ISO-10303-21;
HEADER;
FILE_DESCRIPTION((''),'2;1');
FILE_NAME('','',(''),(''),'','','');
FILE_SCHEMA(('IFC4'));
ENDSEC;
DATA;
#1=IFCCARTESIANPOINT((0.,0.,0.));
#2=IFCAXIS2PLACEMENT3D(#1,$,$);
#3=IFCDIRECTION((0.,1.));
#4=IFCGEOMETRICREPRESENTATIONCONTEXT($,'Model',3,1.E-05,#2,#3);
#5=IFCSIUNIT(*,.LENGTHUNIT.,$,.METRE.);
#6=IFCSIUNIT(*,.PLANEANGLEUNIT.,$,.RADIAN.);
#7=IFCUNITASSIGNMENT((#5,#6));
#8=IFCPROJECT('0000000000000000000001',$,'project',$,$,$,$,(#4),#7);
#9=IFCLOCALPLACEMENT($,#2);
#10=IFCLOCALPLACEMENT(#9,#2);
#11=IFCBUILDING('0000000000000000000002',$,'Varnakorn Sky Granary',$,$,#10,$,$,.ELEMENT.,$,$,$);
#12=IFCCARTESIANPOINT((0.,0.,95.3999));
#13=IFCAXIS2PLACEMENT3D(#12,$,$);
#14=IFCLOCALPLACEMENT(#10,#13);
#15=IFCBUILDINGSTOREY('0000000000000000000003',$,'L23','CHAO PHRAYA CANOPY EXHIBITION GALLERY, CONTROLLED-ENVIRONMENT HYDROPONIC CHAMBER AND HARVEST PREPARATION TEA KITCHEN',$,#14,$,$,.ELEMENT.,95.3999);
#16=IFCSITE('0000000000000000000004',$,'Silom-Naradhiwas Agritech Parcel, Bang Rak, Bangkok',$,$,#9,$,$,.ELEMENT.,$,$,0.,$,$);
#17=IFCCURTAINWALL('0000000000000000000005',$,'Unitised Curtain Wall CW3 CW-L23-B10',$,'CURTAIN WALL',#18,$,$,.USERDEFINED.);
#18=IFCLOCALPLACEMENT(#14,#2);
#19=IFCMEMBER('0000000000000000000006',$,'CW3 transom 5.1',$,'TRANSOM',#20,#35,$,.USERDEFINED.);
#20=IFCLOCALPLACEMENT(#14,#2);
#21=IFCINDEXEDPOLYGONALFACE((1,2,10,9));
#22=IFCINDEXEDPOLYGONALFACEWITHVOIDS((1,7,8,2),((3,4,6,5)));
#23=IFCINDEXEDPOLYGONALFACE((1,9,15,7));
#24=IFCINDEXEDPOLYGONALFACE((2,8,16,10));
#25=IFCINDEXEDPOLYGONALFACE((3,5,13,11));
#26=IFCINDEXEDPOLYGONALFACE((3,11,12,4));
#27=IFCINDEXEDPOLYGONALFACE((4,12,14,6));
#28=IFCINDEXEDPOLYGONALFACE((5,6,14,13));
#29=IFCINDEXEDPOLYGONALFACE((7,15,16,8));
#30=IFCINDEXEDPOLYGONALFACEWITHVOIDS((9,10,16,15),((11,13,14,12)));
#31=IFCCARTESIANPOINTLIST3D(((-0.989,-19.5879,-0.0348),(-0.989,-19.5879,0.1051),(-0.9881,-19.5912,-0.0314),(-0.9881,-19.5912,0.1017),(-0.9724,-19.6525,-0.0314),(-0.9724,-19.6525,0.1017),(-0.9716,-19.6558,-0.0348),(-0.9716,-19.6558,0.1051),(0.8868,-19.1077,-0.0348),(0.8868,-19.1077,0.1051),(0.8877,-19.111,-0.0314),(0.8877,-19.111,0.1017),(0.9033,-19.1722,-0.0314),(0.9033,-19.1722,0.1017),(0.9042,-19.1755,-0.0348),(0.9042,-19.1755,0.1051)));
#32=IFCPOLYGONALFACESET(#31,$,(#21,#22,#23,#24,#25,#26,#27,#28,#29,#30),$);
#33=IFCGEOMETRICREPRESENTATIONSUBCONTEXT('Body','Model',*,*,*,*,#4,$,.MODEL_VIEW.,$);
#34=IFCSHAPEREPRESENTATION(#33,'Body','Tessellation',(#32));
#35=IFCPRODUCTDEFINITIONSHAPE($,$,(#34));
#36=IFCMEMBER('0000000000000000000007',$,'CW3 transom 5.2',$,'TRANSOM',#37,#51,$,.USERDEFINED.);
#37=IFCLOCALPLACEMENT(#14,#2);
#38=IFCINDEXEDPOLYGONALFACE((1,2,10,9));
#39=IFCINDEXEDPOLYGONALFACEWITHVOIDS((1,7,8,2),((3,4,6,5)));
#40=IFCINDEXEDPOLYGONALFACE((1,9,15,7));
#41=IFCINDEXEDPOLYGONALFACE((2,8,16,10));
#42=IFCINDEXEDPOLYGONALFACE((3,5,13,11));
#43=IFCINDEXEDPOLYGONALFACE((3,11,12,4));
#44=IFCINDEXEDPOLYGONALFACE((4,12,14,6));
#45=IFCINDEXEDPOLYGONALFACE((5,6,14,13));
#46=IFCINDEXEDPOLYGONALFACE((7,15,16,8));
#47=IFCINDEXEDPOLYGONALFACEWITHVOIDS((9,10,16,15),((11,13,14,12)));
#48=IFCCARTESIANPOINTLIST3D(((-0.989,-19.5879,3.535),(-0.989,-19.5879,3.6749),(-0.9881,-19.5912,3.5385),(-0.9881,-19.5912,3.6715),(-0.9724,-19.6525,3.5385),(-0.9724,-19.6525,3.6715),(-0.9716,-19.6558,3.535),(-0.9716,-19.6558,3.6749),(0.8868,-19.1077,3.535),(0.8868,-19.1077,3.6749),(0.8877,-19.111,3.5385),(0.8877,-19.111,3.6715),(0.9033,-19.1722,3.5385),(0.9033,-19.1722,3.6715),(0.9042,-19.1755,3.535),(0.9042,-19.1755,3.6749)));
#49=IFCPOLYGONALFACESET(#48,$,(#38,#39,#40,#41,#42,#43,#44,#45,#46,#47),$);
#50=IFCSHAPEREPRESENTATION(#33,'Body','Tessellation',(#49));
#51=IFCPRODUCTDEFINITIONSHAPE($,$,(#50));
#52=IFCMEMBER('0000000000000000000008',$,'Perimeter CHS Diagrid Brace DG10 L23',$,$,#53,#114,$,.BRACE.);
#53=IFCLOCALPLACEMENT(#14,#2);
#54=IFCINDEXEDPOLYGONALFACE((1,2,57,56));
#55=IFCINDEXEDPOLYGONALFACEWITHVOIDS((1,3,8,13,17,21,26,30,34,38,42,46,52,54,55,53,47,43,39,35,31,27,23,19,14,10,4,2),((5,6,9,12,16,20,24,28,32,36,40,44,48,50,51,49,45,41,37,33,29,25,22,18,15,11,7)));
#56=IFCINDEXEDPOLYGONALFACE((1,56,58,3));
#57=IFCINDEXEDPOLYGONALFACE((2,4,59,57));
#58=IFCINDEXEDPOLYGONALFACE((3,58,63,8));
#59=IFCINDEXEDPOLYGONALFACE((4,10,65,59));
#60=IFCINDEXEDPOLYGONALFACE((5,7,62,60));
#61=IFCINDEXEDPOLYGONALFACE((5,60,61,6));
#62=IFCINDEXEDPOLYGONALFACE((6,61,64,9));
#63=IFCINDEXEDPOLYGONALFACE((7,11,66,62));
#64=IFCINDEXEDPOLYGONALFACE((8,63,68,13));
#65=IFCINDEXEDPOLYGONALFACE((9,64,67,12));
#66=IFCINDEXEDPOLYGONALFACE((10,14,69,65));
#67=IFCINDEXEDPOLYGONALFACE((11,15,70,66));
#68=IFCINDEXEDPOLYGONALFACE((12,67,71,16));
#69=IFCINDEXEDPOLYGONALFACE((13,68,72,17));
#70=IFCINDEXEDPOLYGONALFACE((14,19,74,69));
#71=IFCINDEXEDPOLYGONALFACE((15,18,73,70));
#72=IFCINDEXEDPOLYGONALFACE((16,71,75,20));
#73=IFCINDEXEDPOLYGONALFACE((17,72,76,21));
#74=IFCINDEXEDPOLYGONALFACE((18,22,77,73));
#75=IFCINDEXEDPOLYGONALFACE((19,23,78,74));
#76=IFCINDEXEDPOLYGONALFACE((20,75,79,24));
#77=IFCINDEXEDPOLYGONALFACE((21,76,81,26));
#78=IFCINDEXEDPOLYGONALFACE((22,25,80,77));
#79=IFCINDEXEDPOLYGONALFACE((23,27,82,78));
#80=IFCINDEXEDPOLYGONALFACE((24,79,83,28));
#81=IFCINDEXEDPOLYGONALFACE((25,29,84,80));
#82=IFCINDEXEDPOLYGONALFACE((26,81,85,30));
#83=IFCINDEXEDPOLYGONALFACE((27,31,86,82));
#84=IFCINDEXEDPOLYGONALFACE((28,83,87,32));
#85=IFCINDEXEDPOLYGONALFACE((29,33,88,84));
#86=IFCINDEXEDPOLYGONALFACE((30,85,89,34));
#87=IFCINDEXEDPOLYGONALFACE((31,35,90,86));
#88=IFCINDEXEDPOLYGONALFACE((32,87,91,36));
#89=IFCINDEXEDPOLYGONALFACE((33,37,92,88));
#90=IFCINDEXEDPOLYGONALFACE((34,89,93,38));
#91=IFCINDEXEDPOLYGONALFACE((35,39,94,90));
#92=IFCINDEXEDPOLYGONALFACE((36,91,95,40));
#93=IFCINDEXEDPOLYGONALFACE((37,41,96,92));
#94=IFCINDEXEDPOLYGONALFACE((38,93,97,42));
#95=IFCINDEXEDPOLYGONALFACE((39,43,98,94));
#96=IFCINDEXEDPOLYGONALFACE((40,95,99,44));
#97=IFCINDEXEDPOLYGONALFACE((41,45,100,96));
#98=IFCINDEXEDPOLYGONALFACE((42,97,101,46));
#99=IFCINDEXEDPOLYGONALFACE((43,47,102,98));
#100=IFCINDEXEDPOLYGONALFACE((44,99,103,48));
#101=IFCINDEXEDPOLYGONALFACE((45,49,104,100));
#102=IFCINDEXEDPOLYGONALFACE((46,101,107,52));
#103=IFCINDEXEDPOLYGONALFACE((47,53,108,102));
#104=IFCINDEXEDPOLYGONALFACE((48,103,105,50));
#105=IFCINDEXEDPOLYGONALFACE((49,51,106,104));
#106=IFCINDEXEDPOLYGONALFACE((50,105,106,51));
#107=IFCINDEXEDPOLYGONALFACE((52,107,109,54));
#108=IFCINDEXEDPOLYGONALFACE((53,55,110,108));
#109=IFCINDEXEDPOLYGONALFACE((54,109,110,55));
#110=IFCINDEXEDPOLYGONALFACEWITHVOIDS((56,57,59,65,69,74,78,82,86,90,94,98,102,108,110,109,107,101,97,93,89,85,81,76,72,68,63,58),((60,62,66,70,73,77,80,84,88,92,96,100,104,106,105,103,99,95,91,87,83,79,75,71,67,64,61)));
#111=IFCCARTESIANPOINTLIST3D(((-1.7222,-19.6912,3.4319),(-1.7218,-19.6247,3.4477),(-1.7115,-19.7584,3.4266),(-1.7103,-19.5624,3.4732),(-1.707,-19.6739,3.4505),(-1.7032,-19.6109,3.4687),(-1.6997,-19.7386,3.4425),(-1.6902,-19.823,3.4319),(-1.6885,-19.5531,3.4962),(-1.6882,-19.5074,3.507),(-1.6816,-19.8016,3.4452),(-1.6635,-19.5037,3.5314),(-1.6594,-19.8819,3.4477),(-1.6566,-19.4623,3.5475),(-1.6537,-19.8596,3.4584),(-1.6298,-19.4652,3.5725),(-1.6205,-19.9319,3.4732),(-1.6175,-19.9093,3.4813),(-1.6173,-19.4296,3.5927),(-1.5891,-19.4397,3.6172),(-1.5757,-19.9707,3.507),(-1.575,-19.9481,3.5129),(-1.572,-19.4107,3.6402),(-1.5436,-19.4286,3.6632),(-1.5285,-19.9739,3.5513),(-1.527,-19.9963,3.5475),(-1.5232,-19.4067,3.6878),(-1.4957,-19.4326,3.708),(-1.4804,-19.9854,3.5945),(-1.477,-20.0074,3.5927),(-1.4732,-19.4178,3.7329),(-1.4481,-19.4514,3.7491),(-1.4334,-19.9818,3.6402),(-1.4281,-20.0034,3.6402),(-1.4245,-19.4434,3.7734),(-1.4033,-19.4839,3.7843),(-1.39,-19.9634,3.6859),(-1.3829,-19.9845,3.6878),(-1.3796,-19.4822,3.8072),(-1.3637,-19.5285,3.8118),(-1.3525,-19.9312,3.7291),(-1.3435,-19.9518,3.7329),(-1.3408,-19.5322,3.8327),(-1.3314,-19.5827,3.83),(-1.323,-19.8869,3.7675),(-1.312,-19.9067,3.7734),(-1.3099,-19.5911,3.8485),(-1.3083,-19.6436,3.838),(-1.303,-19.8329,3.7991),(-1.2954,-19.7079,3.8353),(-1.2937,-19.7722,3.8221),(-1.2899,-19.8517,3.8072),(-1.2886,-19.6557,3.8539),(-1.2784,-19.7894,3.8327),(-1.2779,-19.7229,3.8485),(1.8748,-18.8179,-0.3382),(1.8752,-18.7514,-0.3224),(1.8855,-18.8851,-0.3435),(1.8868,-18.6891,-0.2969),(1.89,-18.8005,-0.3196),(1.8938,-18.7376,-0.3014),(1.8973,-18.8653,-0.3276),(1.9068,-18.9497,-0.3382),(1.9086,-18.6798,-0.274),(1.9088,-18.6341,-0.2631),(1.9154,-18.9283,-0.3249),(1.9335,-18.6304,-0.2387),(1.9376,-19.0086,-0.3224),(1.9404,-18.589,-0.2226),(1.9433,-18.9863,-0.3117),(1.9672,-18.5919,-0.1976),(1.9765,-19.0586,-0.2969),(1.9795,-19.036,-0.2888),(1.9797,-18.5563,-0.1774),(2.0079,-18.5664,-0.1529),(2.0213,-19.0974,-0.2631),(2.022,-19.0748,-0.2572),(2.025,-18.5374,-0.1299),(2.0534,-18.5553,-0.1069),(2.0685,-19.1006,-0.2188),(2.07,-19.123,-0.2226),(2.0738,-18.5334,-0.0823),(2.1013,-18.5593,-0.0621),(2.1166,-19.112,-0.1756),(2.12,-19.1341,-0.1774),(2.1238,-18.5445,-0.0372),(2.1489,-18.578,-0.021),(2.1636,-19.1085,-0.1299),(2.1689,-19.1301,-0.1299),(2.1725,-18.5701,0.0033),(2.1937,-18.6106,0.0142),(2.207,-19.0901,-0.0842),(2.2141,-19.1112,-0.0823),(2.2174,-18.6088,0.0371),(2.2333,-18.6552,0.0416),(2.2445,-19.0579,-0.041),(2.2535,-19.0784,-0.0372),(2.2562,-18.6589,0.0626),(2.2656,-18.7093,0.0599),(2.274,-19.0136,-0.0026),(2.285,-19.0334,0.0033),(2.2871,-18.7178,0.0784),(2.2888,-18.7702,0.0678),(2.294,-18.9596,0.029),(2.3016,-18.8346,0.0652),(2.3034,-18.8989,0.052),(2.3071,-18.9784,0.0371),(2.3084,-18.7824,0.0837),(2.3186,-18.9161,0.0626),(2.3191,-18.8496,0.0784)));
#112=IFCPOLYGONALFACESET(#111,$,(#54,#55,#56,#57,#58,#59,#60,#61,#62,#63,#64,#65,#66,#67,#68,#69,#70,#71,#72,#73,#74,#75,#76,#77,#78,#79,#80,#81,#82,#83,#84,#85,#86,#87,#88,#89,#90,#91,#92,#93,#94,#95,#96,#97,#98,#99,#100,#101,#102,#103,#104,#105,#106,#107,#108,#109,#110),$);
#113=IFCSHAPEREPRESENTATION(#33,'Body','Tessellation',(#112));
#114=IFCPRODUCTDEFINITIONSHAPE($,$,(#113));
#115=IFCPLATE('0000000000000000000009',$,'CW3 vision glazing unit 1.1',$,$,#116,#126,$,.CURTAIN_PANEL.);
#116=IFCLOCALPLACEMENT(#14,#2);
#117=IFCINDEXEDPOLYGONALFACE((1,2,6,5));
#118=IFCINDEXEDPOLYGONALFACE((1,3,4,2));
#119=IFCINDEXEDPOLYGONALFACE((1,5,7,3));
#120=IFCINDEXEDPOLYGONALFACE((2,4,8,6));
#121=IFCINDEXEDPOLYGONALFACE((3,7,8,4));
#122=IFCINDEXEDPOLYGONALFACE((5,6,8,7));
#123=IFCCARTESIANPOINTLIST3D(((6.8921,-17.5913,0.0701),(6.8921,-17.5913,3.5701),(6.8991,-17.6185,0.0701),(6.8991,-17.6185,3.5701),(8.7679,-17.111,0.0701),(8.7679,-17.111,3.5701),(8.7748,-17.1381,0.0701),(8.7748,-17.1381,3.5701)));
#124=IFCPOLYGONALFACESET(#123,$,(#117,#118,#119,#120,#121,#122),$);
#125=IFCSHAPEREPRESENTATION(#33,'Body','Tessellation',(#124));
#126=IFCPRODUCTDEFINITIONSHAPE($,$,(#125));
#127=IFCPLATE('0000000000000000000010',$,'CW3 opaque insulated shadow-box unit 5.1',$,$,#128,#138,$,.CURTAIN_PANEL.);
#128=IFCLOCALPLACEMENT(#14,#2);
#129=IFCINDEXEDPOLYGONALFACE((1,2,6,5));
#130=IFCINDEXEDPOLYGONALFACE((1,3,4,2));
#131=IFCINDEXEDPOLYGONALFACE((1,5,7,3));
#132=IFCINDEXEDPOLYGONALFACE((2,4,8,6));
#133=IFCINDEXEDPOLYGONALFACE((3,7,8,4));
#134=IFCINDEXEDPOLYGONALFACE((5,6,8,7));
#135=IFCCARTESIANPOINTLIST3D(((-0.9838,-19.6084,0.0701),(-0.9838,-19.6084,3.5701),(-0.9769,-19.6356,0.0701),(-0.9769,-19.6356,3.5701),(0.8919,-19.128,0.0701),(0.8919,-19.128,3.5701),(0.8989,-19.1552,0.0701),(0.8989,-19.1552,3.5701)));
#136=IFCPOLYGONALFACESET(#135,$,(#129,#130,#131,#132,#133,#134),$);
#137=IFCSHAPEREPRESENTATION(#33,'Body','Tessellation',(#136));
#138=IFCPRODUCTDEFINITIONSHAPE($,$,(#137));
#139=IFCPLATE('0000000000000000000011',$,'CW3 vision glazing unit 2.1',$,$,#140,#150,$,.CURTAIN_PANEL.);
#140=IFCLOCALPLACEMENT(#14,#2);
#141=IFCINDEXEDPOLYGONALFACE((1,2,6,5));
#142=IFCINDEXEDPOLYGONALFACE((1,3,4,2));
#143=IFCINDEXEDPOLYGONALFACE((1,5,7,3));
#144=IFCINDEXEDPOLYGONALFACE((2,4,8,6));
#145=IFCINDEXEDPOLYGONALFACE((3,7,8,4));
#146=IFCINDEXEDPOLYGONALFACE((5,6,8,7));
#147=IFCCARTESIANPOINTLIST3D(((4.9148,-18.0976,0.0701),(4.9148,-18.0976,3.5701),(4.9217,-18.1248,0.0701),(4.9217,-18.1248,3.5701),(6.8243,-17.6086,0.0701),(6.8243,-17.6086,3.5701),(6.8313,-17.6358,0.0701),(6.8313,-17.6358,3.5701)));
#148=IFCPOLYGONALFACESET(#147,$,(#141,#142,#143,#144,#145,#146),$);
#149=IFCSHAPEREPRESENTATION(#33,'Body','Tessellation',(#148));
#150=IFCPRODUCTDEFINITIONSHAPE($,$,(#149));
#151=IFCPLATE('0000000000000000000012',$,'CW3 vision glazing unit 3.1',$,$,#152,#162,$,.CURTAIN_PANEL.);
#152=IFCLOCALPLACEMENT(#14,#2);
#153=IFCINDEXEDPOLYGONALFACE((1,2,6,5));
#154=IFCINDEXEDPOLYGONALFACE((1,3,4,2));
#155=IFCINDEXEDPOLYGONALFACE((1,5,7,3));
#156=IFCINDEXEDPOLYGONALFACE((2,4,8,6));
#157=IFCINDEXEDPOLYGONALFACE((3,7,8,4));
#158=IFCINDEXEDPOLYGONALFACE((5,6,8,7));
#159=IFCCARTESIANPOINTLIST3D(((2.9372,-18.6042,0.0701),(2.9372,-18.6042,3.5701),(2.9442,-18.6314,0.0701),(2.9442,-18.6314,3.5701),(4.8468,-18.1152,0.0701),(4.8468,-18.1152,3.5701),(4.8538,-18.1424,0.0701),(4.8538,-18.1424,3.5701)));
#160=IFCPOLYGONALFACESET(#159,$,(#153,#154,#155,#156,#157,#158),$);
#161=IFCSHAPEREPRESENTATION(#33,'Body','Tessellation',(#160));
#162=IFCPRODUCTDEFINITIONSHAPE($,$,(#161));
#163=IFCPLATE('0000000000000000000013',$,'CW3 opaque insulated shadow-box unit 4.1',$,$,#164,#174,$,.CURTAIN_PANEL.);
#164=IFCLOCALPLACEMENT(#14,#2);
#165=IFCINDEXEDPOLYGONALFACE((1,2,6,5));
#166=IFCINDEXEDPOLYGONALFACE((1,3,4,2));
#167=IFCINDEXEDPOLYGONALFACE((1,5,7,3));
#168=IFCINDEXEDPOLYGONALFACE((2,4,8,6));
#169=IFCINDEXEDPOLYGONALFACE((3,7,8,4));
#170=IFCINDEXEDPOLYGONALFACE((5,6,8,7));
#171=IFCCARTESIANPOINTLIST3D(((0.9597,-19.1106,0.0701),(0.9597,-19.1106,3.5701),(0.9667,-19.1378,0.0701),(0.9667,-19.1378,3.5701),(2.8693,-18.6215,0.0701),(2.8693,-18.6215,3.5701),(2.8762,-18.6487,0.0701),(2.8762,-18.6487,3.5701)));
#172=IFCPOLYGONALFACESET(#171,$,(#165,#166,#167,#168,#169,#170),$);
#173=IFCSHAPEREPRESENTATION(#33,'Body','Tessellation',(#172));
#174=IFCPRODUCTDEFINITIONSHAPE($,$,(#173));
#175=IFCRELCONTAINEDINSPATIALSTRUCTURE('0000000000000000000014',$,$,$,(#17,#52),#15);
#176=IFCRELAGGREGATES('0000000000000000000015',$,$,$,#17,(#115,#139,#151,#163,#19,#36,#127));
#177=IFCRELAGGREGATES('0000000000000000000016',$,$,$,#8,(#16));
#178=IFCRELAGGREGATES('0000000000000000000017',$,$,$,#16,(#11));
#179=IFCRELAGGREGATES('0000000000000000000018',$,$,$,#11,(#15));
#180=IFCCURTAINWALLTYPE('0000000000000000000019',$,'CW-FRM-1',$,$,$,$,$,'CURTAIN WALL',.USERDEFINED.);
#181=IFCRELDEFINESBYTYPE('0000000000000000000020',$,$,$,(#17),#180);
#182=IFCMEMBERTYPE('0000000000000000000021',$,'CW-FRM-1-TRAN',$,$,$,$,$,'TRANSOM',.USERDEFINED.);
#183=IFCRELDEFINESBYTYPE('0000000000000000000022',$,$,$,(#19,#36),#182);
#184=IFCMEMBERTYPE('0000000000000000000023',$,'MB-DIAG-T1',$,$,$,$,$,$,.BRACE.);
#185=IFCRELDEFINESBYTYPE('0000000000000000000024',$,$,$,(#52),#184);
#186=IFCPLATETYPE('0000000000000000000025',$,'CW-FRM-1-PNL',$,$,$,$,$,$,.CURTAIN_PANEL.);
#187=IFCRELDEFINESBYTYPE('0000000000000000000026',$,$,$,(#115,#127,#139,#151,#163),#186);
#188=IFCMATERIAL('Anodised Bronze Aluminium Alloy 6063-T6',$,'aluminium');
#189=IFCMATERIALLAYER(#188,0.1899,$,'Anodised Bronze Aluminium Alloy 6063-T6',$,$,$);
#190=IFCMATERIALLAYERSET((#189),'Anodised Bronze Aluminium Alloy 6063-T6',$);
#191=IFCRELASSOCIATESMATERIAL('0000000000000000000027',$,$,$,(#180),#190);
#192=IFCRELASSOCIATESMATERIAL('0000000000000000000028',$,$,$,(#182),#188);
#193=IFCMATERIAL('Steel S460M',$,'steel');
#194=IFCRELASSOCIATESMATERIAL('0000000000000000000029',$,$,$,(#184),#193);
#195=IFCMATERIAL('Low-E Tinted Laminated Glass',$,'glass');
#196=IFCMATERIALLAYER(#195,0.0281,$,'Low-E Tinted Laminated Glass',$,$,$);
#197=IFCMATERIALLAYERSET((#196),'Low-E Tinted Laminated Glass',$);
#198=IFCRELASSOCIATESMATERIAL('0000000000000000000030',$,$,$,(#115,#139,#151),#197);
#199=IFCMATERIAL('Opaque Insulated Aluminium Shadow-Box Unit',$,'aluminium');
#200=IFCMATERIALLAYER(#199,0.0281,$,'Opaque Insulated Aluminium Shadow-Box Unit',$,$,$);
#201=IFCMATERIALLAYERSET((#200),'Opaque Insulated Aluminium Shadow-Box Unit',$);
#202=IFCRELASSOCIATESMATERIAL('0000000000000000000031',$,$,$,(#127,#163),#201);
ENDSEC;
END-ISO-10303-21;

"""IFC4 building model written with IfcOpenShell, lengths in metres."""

from ifc_helpers import new_model, si_unit, direction, frame, origin, origin_2d, place, context, subcontext, project, spatial, rectangle, hollow_rectangle, hollow_circle, extrude, source, transform, mapped, material, layer, layer_set, material_profile, profile_set, type_object, type_shapes, element, aggregate, save


model = new_model("IFC4")

# Units and contexts
model_context = context("Model", 3, precision=1e-05, world=origin(), true_north=direction((0.0, 1.0)))
body_context = subcontext(model_context, "Body", "Model", "MODEL_VIEW")
ifc_project = project(units=[si_unit("LENGTHUNIT", "METRE"), si_unit("PLANEANGLEUNIT", "RADIAN")], contexts=[model_context])

# Site, building, storey
site_placement = place(None, origin())
site = spatial("IfcSite", under=ifc_project, at=site_placement, Name="Silom-Naradhiwas Agritech Parcel, Bang Rak, Bangkok", CompositionType="ELEMENT", RefElevation=0.0)
building_placement = place(site_placement, origin())
building = spatial("IfcBuilding", under=site, at=building_placement, Name="Varnakorn Sky Granary", CompositionType="ELEMENT")
storey_placement = place(building_placement, frame((0.0, 0.0, 95.3999)))
storey = spatial("IfcBuildingStorey", under=building, at=storey_placement, Name="L23", Description="CHAO PHRAYA CANOPY EXHIBITION GALLERY, CONTROLLED-ENVIRONMENT HYDROPONIC CHAMBER AND HARVEST PREPARATION TEA KITCHEN", CompositionType="ELEMENT", Elevation=95.3999)

# Curtain wall, members
ifc_material_1 = material(Name="Anodised Bronze Aluminium Alloy 6063-T6", Category="aluminium")
ifc_layer_1 = layer(ifc_material_1, 0.1899, Name="Anodised Bronze Aluminium Alloy 6063-T6")
ifc_layer_set_1 = layer_set([ifc_layer_1], Name="Anodised Bronze Aluminium Alloy 6063-T6")
curtain_wall_type = type_object("IfcCurtainWallType", Name="CW-FRM-1", ElementType="CURTAIN WALL", PredefinedType="USERDEFINED", material=ifc_layer_set_1)
curtain_wall_placement = place(storey_placement, origin())
curtain_wall = element("IfcCurtainWall", 1, at=curtain_wall_placement, inside=storey, type_object=curtain_wall_type, Name="Unitised Curtain Wall CW3 CW-L23-B10", ObjectType="CURTAIN WALL", PredefinedType="USERDEFINED")
ifc_material_profile_1 = material_profile(ifc_material_1, hollow_rectangle(XDim=0.0701, YDim=0.1399, WallThickness=0.0034, at=origin_2d()), Name="ALU TRAN 70x140")
ifc_profile_set_1 = profile_set([ifc_material_profile_1], Name="Anodised Bronze Aluminium Alloy 6063-T6")
member_type_1 = type_object("IfcMemberType", Name="CW-FRM-1-TRAN", ElementType="TRANSOM", PredefinedType="USERDEFINED", material=ifc_profile_set_1)
member_1_placement = place(storey_placement, frame((0.8955, -19.1416, 0.0352), z_axis=(-0.968755, -0.24802, 0.0), x_axis=(0.24802, -0.968755, 0.0)))
member_1 = element("IfcMember", 2, at=member_1_placement, type_object=member_type_1, Name="CW3 transom 5.1", ObjectType="TRANSOM", PredefinedType="USERDEFINED", context=body_context, shape_type="SweptSolid", body=[
    extrude(hollow_rectangle(XDim=0.0701, YDim=0.1399, WallThickness=0.0034, at=origin_2d()), origin(), (0.0, 0.0, 1.0), 1.9363),
])
member_2_placement = place(storey_placement, frame((0.8955, -19.1416, 3.605), z_axis=(-0.968755, -0.24802, 0.0), x_axis=(0.24802, -0.968755, 0.0)))
member_2 = element("IfcMember", 3, at=member_2_placement, type_object=member_type_1, Name="CW3 transom 5.2", ObjectType="TRANSOM", PredefinedType="USERDEFINED", context=body_context, shape_type="SweptSolid", body=[
    extrude(hollow_rectangle(XDim=0.0701, YDim=0.1399, WallThickness=0.0034, at=origin_2d()), origin(), (0.0, 0.0, 1.0), 1.9363),
])

# Member
ifc_material_2 = material(Name="Steel S460M", Category="steel")
ifc_material_profile_2 = material_profile(ifc_material_2, hollow_circle(Radius=0.3049, WallThickness=0.0222, at=origin_2d()), Name="CHS 610x22")
ifc_profile_set_2 = profile_set([ifc_material_profile_2], Name="Steel S460M")
member_type_2 = type_object("IfcMemberType", Name="MB-DIAG-T1", PredefinedType="BRACE", material=ifc_profile_set_2)
member_3_placement = place(storey_placement, frame((2.0969, -18.8337, -0.1299), z_axis=(-0.680807, -0.165292, 0.713569), x_axis=(0.235934, -0.971769, 0.0)))
element("IfcMember", 4, at=member_3_placement, inside=storey, type_object=member_type_2, Name="Perimeter CHS Diagrid Brace DG10 L23", PredefinedType="BRACE", context=body_context, shape_type="SweptSolid", body=[
    extrude(hollow_circle(Radius=0.3049, WallThickness=0.0222, at=origin_2d()), origin(), (0.0, 0.0, 1.0), 5.2834),
])

# Plates
ifc_material_3 = material(Name="Low-E Tinted Laminated Glass", Category="glass")
ifc_layer_2 = layer(ifc_material_3, 0.0281, Name="Low-E Tinted Laminated Glass")
ifc_layer_set_2 = layer_set([ifc_layer_2], Name="Low-E Tinted Laminated Glass")
plate_type = type_object("IfcPlateType", Name="CW-FRM-1-PNL", PredefinedType="CURTAIN_PANEL")
shared_shape_1 = source(origin(), body_context, "Body", "SweptSolid", [
    extrude(rectangle(XDim=1.9363, YDim=0.0281, at=origin_2d()), origin(), (0.0, 0.0, 1.0), 3.5),
])
plate_1_placement = place(storey_placement, frame((7.8335, -17.3647, 0.0701), z_axis=(0.0, 0.0, 1.0), x_axis=(-0.968734, -0.248101, 0.0)))
plate_1 = element("IfcPlate", 5, at=plate_1_placement, type_object=plate_type, material=ifc_layer_set_2, Name="CW3 vision glazing unit 1.1", PredefinedType="CURTAIN_PANEL", context=body_context, shape_type="MappedRepresentation", body=[
    mapped(shared_shape_1, transform((0.0, 0.0, 0.0), x_axis=(1.0, 0.0, 0.0), y_axis=(0.0, 1.0, 0.0), z_axis=(0.0, 0.0, 1.0), scale=1.0)),
])
ifc_material_4 = material(Name="Opaque Insulated Aluminium Shadow-Box Unit", Category="aluminium")
ifc_layer_3 = layer(ifc_material_4, 0.0281, Name="Opaque Insulated Aluminium Shadow-Box Unit")
ifc_layer_set_3 = layer_set([ifc_layer_3], Name="Opaque Insulated Aluminium Shadow-Box Unit")
plate_2_placement = place(storey_placement, frame((-0.0425, -19.3818, 0.0701), z_axis=(0.0, 0.0, 1.0), x_axis=(-0.968734, -0.248101, 0.0)))
plate_2 = element("IfcPlate", 6, at=plate_2_placement, type_object=plate_type, material=ifc_layer_set_3, Name="CW3 opaque insulated shadow-box unit 5.1", PredefinedType="CURTAIN_PANEL", context=body_context, shape_type="MappedRepresentation", body=[
    mapped(shared_shape_1, transform((0.0, 0.0, 0.0), x_axis=(1.0, 0.0, 0.0), y_axis=(0.0, 1.0, 0.0), z_axis=(0.0, 0.0, 1.0), scale=1.0)),
])
shared_shape_2 = source(origin(), body_context, "Body", "SweptSolid", [
    extrude(rectangle(XDim=1.9712, YDim=0.0281, at=origin_2d()), origin(), (0.0, 0.0, 1.0), 3.5),
])
type_shapes(plate_type, [shared_shape_1, shared_shape_2])
plate_3_placement = place(storey_placement, frame((5.873, -17.8667, 0.0701), z_axis=(0.0, 0.0, 1.0), x_axis=(-0.968734, -0.248101, 0.0)))
plate_3 = element("IfcPlate", 7, at=plate_3_placement, type_object=plate_type, material=ifc_layer_set_2, Name="CW3 vision glazing unit 2.1", PredefinedType="CURTAIN_PANEL", context=body_context, shape_type="MappedRepresentation", body=[
    mapped(shared_shape_2, transform((0.0, 0.0, 0.0), x_axis=(1.0, 0.0, 0.0), y_axis=(0.0, 1.0, 0.0), z_axis=(0.0, 0.0, 1.0), scale=1.0)),
])
plate_4_placement = place(storey_placement, frame((3.8955, -18.3733, 0.0701), z_axis=(0.0, 0.0, 1.0), x_axis=(-0.968734, -0.248101, 0.0)))
plate_4 = element("IfcPlate", 8, at=plate_4_placement, type_object=plate_type, material=ifc_layer_set_2, Name="CW3 vision glazing unit 3.1", PredefinedType="CURTAIN_PANEL", context=body_context, shape_type="MappedRepresentation", body=[
    mapped(shared_shape_2, transform((0.0, 0.0, 0.0), x_axis=(1.0, 0.0, 0.0), y_axis=(0.0, 1.0, 0.0), z_axis=(0.0, 0.0, 1.0), scale=1.0)),
])
plate_5_placement = place(storey_placement, frame((1.918, -18.8796, 0.0701), z_axis=(0.0, 0.0, 1.0), x_axis=(-0.968734, -0.248101, 0.0)))
plate_5 = element("IfcPlate", 9, at=plate_5_placement, type_object=plate_type, material=ifc_layer_set_3, Name="CW3 opaque insulated shadow-box unit 4.1", PredefinedType="CURTAIN_PANEL", context=body_context, shape_type="MappedRepresentation", body=[
    mapped(shared_shape_2, transform((0.0, 0.0, 0.0), x_axis=(1.0, 0.0, 0.0), y_axis=(0.0, 1.0, 0.0), z_axis=(0.0, 0.0, 1.0), scale=1.0)),
])
aggregate(curtain_wall, [plate_1, plate_3, plate_4, plate_5, member_1, member_2, plate_2])

save(model, "model.ifc")
